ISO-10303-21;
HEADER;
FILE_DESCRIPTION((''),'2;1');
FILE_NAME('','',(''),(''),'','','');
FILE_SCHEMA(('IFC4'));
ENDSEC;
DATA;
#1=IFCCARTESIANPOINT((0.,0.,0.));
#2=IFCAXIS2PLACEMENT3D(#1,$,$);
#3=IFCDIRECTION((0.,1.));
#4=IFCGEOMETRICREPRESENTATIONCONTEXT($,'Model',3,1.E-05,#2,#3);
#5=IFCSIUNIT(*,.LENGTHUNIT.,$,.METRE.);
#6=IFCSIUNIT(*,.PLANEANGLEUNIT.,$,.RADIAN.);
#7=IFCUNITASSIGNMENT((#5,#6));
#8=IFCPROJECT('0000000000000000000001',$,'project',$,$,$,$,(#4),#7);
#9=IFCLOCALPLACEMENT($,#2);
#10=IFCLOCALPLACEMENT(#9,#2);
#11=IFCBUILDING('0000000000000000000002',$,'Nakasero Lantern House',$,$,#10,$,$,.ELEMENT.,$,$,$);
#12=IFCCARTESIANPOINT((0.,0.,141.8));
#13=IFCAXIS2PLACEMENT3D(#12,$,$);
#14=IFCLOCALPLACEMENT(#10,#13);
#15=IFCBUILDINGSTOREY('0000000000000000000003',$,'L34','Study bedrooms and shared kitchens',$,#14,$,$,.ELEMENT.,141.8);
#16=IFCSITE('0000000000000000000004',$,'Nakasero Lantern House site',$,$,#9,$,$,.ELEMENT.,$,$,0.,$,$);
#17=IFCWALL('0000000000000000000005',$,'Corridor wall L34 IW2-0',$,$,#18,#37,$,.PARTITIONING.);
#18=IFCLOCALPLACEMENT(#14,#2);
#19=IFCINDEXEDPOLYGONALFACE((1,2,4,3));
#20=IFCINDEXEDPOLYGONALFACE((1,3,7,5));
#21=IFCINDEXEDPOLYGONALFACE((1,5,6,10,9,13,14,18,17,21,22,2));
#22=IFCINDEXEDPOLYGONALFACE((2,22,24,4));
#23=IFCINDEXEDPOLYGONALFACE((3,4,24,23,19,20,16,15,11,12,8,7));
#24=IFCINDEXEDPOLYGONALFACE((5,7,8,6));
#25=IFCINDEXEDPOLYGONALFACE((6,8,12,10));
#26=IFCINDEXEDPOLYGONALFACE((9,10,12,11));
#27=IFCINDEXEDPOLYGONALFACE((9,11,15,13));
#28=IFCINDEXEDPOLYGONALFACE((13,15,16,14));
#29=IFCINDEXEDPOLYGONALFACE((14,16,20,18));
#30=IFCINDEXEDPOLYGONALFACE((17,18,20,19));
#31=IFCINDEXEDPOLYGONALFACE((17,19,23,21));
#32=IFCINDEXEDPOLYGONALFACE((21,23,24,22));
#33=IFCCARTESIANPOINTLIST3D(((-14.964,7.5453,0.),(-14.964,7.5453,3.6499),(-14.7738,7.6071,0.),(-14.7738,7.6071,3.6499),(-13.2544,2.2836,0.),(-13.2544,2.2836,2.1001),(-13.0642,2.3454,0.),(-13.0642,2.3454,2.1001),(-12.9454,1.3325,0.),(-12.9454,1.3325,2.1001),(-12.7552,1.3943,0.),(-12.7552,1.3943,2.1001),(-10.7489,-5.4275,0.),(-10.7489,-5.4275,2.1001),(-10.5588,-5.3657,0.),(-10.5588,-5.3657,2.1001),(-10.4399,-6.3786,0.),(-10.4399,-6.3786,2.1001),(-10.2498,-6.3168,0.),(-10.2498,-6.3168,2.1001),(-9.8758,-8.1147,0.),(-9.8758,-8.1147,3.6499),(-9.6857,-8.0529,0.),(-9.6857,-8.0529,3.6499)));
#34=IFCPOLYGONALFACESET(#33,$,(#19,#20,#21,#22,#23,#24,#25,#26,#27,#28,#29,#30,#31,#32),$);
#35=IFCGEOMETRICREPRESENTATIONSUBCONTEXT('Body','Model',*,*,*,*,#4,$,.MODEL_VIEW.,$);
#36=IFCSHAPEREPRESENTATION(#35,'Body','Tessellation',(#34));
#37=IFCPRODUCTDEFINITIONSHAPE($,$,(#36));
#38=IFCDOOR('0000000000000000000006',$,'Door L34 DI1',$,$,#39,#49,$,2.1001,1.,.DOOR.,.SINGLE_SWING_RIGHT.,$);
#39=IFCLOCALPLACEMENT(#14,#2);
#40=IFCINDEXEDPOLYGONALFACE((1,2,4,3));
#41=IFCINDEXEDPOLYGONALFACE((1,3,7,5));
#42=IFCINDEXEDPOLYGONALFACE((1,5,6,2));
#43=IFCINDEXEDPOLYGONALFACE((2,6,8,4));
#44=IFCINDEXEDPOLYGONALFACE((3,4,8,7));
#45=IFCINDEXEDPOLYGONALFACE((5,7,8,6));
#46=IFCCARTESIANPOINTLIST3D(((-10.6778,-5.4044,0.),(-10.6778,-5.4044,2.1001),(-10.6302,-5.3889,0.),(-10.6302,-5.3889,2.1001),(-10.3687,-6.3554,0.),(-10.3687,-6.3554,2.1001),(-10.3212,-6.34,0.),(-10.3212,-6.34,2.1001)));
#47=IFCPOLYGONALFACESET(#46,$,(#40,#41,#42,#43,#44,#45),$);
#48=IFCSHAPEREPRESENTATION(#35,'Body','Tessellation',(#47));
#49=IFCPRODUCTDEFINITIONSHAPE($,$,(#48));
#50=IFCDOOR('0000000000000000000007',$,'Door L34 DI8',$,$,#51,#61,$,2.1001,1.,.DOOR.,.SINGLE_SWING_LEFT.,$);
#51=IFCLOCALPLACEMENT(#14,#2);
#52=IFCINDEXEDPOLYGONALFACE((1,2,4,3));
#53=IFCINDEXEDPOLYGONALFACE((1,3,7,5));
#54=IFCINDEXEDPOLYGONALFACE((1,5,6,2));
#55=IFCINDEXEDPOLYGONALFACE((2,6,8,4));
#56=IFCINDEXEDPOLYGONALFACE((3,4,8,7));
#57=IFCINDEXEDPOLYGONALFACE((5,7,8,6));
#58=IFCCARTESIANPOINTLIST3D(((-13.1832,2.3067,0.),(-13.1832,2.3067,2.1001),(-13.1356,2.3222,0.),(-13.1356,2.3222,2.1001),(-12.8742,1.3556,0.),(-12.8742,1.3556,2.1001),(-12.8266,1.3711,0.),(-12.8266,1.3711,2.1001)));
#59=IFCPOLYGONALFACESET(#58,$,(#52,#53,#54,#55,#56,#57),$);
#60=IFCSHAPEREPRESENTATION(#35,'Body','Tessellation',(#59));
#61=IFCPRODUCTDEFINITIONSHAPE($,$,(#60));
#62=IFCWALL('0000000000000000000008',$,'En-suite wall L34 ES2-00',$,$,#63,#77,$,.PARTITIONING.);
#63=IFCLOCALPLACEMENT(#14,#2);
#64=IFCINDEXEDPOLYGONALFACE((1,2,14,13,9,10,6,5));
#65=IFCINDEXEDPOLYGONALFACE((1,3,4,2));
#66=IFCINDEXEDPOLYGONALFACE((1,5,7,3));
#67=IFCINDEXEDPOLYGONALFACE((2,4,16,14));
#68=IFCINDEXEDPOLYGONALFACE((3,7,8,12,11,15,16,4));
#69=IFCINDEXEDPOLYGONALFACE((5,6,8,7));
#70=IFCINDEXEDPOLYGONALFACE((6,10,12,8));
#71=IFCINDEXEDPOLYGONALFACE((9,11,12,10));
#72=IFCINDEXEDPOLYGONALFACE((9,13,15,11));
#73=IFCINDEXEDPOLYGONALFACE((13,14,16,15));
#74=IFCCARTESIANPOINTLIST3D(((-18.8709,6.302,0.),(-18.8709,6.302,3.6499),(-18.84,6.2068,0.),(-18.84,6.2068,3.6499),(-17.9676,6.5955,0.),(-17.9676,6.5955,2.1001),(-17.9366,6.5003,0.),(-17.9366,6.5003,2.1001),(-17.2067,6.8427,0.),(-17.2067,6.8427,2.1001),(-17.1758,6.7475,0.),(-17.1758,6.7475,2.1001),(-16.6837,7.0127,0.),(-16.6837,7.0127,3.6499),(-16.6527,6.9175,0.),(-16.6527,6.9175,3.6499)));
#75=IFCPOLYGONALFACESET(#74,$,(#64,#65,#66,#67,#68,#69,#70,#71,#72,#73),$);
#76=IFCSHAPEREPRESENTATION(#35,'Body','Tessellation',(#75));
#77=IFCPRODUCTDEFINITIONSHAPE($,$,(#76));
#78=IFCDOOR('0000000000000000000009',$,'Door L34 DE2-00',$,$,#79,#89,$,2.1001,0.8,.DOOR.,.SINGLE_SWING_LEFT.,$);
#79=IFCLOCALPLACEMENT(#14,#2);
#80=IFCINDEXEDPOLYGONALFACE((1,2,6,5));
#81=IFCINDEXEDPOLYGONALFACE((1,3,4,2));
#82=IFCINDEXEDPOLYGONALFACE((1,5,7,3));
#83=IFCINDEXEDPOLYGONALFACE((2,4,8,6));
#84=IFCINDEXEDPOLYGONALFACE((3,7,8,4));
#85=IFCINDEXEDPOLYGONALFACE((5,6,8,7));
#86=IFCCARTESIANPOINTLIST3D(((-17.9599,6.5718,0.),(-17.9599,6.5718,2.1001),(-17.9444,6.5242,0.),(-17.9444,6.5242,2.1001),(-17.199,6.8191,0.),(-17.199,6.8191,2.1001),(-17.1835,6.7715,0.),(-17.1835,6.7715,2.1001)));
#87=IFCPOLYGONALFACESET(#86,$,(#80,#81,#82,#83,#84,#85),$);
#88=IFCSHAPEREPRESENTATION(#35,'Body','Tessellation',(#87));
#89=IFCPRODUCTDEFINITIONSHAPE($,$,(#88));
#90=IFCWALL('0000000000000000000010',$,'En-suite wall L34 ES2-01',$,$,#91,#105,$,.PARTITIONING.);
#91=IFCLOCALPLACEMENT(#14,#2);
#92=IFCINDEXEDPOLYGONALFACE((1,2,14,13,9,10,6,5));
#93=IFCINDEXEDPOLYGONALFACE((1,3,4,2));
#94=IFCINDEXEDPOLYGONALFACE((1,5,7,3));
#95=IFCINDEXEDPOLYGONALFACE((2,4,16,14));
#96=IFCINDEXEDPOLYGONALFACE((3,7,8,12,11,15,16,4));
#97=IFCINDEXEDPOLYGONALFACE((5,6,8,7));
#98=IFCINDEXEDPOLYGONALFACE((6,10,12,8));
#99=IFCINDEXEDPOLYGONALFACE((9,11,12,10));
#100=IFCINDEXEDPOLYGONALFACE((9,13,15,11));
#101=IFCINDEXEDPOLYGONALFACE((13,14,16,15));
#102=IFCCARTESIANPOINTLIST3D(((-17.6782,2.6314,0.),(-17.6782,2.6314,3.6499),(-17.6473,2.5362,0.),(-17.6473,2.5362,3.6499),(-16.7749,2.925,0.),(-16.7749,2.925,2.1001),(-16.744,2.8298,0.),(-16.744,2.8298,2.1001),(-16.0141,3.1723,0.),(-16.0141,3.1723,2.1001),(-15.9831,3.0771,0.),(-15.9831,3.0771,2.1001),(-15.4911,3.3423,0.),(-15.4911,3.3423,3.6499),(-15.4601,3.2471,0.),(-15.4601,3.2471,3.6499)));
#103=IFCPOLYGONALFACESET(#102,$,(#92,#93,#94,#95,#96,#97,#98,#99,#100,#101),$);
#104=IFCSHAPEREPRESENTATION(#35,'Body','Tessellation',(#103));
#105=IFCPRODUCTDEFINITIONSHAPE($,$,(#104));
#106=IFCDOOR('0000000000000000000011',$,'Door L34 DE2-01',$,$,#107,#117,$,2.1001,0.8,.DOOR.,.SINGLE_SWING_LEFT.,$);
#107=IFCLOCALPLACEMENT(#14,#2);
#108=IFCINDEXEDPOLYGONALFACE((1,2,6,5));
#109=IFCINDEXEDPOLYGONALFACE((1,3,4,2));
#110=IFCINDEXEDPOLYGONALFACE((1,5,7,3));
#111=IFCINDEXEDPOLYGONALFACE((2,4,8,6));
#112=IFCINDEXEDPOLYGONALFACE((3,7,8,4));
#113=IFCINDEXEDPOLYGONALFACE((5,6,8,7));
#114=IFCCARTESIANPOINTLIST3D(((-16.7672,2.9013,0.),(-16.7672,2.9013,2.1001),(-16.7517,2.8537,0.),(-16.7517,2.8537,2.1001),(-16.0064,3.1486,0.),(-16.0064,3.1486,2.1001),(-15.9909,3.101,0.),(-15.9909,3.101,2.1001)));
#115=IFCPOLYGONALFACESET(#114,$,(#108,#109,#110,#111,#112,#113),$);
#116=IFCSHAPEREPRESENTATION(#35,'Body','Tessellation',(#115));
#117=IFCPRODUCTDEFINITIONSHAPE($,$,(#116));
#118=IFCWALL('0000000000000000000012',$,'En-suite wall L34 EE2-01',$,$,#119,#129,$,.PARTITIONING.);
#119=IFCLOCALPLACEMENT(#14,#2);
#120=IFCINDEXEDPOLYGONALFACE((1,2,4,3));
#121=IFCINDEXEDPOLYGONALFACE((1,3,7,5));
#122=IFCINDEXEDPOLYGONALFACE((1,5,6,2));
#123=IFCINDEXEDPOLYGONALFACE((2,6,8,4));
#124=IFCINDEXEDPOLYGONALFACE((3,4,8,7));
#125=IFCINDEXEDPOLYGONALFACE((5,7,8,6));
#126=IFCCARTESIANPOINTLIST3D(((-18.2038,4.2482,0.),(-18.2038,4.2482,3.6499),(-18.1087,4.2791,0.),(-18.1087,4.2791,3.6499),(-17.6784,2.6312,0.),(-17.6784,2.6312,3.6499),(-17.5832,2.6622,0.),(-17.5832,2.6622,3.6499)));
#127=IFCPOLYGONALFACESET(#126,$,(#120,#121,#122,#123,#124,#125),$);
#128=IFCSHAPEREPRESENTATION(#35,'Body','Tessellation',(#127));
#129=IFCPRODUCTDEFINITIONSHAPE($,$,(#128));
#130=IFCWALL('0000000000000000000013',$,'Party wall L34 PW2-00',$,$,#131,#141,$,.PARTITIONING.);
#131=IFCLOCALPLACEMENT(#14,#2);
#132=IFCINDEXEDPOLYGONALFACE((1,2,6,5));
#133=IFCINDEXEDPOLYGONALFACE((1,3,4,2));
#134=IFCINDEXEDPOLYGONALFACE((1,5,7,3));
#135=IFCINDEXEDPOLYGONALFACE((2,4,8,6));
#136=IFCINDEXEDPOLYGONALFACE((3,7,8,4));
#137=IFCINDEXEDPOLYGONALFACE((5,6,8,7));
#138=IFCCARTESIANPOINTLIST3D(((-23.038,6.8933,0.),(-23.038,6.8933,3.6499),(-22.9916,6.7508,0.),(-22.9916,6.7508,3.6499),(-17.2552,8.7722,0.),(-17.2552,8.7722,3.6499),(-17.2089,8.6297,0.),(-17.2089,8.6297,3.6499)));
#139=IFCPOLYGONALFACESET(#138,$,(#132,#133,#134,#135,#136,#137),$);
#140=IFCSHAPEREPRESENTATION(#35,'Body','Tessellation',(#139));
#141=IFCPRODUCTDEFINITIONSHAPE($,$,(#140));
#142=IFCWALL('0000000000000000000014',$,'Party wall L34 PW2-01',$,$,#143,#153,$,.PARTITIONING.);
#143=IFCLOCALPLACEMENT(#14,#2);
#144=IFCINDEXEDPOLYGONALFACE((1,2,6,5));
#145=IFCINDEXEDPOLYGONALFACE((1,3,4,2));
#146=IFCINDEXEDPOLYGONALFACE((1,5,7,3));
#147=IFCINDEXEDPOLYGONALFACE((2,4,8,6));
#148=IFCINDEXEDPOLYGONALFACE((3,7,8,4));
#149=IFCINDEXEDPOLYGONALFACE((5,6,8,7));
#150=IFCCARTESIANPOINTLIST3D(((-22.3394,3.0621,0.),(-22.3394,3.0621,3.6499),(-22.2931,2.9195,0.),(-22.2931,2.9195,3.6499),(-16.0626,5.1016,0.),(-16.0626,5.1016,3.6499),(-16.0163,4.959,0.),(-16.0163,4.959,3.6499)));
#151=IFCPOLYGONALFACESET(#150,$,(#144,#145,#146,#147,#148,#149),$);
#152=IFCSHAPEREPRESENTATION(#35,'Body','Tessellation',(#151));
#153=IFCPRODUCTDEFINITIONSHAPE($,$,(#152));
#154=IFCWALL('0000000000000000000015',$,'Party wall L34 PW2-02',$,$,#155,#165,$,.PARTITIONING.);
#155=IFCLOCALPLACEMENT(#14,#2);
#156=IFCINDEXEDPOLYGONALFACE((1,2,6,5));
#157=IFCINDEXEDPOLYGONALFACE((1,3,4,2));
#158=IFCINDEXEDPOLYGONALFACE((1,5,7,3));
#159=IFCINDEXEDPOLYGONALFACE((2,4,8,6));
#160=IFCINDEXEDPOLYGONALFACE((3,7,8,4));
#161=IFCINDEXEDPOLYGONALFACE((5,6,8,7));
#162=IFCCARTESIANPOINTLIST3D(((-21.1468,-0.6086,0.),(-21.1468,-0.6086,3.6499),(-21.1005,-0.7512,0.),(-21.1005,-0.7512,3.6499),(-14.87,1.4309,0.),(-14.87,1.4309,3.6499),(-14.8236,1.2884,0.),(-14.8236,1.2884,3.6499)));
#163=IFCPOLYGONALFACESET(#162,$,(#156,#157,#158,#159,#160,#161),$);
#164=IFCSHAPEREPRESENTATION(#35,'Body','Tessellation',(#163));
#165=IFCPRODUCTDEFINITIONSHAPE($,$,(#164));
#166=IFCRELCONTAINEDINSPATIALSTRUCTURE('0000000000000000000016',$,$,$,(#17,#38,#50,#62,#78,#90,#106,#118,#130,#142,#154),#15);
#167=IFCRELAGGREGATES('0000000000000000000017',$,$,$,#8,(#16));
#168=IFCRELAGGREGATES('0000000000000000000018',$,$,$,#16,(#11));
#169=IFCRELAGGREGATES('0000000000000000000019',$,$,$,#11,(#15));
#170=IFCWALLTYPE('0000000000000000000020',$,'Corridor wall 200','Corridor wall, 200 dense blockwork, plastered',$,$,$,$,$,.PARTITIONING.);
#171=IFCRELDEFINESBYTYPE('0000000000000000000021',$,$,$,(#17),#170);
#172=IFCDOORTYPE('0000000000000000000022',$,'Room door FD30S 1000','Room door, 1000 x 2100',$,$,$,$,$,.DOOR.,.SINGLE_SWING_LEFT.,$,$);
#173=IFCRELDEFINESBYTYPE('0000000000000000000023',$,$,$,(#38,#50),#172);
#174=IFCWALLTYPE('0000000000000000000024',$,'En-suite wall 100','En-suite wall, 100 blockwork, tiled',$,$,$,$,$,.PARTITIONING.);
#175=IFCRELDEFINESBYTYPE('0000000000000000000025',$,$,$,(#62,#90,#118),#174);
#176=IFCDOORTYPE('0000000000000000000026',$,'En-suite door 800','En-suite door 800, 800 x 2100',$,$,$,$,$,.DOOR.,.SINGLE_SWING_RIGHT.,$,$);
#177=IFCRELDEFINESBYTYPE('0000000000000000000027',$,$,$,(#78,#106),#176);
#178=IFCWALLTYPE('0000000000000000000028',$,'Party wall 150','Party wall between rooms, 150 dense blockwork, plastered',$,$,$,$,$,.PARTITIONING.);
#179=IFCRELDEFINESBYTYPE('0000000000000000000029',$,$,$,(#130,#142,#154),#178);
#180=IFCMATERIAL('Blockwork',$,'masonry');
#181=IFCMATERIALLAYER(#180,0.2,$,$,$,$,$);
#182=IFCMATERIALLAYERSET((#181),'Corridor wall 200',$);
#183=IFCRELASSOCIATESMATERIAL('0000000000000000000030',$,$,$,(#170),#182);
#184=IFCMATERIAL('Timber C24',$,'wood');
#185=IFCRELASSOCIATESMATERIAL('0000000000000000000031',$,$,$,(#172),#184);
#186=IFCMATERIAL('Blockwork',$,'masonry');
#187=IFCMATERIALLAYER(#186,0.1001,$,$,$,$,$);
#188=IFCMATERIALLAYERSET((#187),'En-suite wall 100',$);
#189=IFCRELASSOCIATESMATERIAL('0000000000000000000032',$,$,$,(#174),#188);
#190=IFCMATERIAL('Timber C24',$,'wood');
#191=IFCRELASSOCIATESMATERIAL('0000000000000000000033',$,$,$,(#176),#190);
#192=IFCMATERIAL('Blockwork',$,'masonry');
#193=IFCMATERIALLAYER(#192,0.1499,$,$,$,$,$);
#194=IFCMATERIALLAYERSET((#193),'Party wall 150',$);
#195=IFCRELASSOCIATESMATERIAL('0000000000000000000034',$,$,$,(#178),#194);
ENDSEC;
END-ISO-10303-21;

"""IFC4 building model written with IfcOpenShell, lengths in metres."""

from ifc_helpers import new_model, si_unit, direction, frame, frame_2d, origin, place, context, subcontext, project, spatial, rectangle, extrude, material, layer, layer_set, type_object, element, fill, save


model = new_model("IFC4")

# Units and contexts
model_context = context("Model", 3, precision=1e-05, world=origin(), true_north=direction((0.0, 1.0)))
body_context = subcontext(model_context, "Body", "Model", "MODEL_VIEW")
ifc_project = project(units=[si_unit("LENGTHUNIT", "METRE"), si_unit("PLANEANGLEUNIT", "RADIAN")], contexts=[model_context])

# Site, building, storey
site_placement = place(None, origin())
site = spatial("IfcSite", under=ifc_project, at=site_placement, Name="Nakasero Lantern House site", CompositionType="ELEMENT", RefElevation=0.0)
building_placement = place(site_placement, origin())
building = spatial("IfcBuilding", under=site, at=building_placement, Name="Nakasero Lantern House", CompositionType="ELEMENT")
storey_placement = place(building_placement, frame((0.0, 0.0, 141.8)))
storey = spatial("IfcBuildingStorey", under=building, at=storey_placement, Name="L34", Description="Study bedrooms and shared kitchens", CompositionType="ELEMENT", Elevation=141.8)

# Wall, openings, doors
ifc_material_1 = material(Name="Blockwork", Category="masonry")
ifc_layer_1 = layer(ifc_material_1, 0.2)
ifc_layer_set_1 = layer_set([ifc_layer_1], Name="Corridor wall 200")
wall_type_1 = type_object("IfcWallType", Name="Corridor wall 200", Description="Corridor wall, 200 dense blockwork, plastered", PredefinedType="PARTITIONING", material=ifc_layer_set_1)
wall_1_placement = place(storey_placement, frame((-14.8689, 7.5762, 0.0), z_axis=(0.0, 0.0, 1.0), x_axis=(0.309013, -0.951058, 0.0)))
wall_1 = element("IfcWall", 1, at=wall_1_placement, inside=storey, type_object=wall_type_1, Name="Corridor wall L34 IW2-0", PredefinedType="PARTITIONING", context=body_context, shape_type="SweptSolid", body=[
    extrude(rectangle(XDim=16.4658, YDim=0.2, at=frame_2d((8.2329, 0.0))), origin(), (0.0, 0.0, 1.0), 3.6499),
])
opening_1_placement = place(wall_1_placement, frame((13.6404, 0.0, 0.0)))
opening_1 = element("IfcOpeningElement", 2, at=opening_1_placement, cuts=wall_1, PredefinedType="OPENING", context=body_context, shape_type="SweptSolid", body=[
    extrude(rectangle(XDim=1.0, YDim=2.1001, at=frame_2d((0.5, 1.05))), frame((0.0, 0.1199, 0.0), z_axis=(0.0, -1.0, 0.0), x_axis=(1.0, 0.0, 0.0)), (0.0, 0.0, 1.0), 0.24),
])
opening_2_placement = place(wall_1_placement, frame((5.5325, 0.0, 0.0)))
opening_2 = element("IfcOpeningElement", 3, at=opening_2_placement, cuts=wall_1, PredefinedType="OPENING", context=body_context, shape_type="SweptSolid", body=[
    extrude(rectangle(XDim=1.0, YDim=2.1001, at=frame_2d((0.5, 1.05))), frame((0.0, 0.1199, 0.0), z_axis=(0.0, -1.0, 0.0), x_axis=(1.0, 0.0, 0.0)), (0.0, 0.0, 1.0), 0.24),
])
ifc_material_2 = material(Name="Timber C24", Category="wood")
door_type_1 = type_object("IfcDoorType", Name="Room door FD30S 1000", Description="Room door, 1000 x 2100", OperationType="SINGLE_SWING_LEFT", PredefinedType="DOOR", material=ifc_material_2)
door_1_placement = place(opening_1_placement, origin())
door_1 = element("IfcDoor", 4, at=door_1_placement, inside=storey, type_object=door_type_1, Name="Door L34 DI1", OperationType="SINGLE_SWING_RIGHT", OverallHeight=2.1001, OverallWidth=1.0, PredefinedType="DOOR", context=body_context, shape_type="SweptSolid", body=[
    extrude(rectangle(XDim=1.0, YDim=2.1001, at=frame_2d((0.5, 1.05))), frame((0.0, 0.0249, 0.0), z_axis=(0.0, -1.0, 0.0), x_axis=(1.0, 0.0, 0.0)), (0.0, 0.0, 1.0), 0.05),
])
fill(opening_1, door_1)
door_2_placement = place(opening_2_placement, origin())
door_2 = element("IfcDoor", 5, at=door_2_placement, inside=storey, type_object=door_type_1, Name="Door L34 DI8", OperationType="SINGLE_SWING_LEFT", OverallHeight=2.1001, OverallWidth=1.0, PredefinedType="DOOR", context=body_context, shape_type="SweptSolid", body=[
    extrude(rectangle(XDim=1.0, YDim=2.1001, at=frame_2d((0.5, 1.05))), frame((0.0, 0.0249, 0.0), z_axis=(0.0, -1.0, 0.0), x_axis=(1.0, 0.0, 0.0)), (0.0, 0.0, 1.0), 0.05),
])
fill(opening_2, door_2)

# Walls, openings, doors
ifc_material_3 = material(Name="Blockwork", Category="masonry")
ifc_layer_2 = layer(ifc_material_3, 0.1001)
ifc_layer_set_2 = layer_set([ifc_layer_2], Name="En-suite wall 100")
wall_type_2 = type_object("IfcWallType", Name="En-suite wall 100", Description="En-suite wall, 100 blockwork, tiled", PredefinedType="PARTITIONING", material=ifc_layer_set_2)
wall_2_placement = place(storey_placement, frame((-16.6682, 6.9651, 0.0), z_axis=(0.0, 0.0, 1.0), x_axis=(-0.951055, -0.309021, 0.0)))
wall_2 = element("IfcWall", 6, at=wall_2_placement, inside=storey, type_object=wall_type_2, Name="En-suite wall L34 ES2-00", PredefinedType="PARTITIONING", context=body_context, shape_type="SweptSolid", body=[
    extrude(rectangle(XDim=2.2998, YDim=0.1001, at=frame_2d((1.1499, 0.0))), origin(), (0.0, 0.0, 1.0), 3.6499),
])
opening_3_placement = place(wall_2_placement, frame((0.55, 0.0, 0.0)))
opening_3 = element("IfcOpeningElement", 7, at=opening_3_placement, cuts=wall_2, PredefinedType="OPENING", context=body_context, shape_type="SweptSolid", body=[
    extrude(rectangle(XDim=0.8, YDim=2.1001, at=frame_2d((0.3999, 1.05))), frame((0.0, 0.0701, 0.0), z_axis=(0.0, -1.0, 0.0), x_axis=(1.0, 0.0, 0.0)), (0.0, 0.0, 1.0), 0.1401),
])
ifc_material_4 = material(Name="Timber C24", Category="wood")
door_type_2 = type_object("IfcDoorType", Name="En-suite door 800", Description="En-suite door 800, 800 x 2100", OperationType="SINGLE_SWING_RIGHT", PredefinedType="DOOR", material=ifc_material_4)
door_3_placement = place(opening_3_placement, origin())
door_3 = element("IfcDoor", 8, at=door_3_placement, inside=storey, type_object=door_type_2, Name="Door L34 DE2-00", OperationType="SINGLE_SWING_LEFT", OverallHeight=2.1001, OverallWidth=0.8, PredefinedType="DOOR", context=body_context, shape_type="SweptSolid", body=[
    extrude(rectangle(XDim=0.8, YDim=2.1001, at=frame_2d((0.3999, 1.05))), frame((0.0, 0.0249, 0.0), z_axis=(0.0, -1.0, 0.0), x_axis=(1.0, 0.0, 0.0)), (0.0, 0.0, 1.0), 0.05),
])
fill(opening_3, door_3)
wall_3_placement = place(storey_placement, frame((-15.4756, 3.2947, 0.0), z_axis=(0.0, 0.0, 1.0), x_axis=(-0.951024, -0.309117, 0.0)))
wall_3 = element("IfcWall", 9, at=wall_3_placement, inside=storey, type_object=wall_type_2, Name="En-suite wall L34 ES2-01", PredefinedType="PARTITIONING", context=body_context, shape_type="SweptSolid", body=[
    extrude(rectangle(XDim=2.2998, YDim=0.1001, at=frame_2d((1.1499, 0.0))), origin(), (0.0, 0.0, 1.0), 3.6499),
])
opening_4_placement = place(wall_3_placement, frame((0.55, 0.0, 0.0)))
opening_4 = element("IfcOpeningElement", 10, at=opening_4_placement, cuts=wall_3, PredefinedType="OPENING", context=body_context, shape_type="SweptSolid", body=[
    extrude(rectangle(XDim=0.8, YDim=2.1001, at=frame_2d((0.3999, 1.05))), frame((0.0, 0.0701, 0.0), z_axis=(0.0, -1.0, 0.0), x_axis=(1.0, 0.0, 0.0)), (0.0, 0.0, 1.0), 0.1401),
])
door_4_placement = place(opening_4_placement, origin())
door_4 = element("IfcDoor", 11, at=door_4_placement, inside=storey, type_object=door_type_2, Name="Door L34 DE2-01", OperationType="SINGLE_SWING_LEFT", OverallHeight=2.1001, OverallWidth=0.8, PredefinedType="DOOR", context=body_context, shape_type="SweptSolid", body=[
    extrude(rectangle(XDim=0.8, YDim=2.1001, at=frame_2d((0.3999, 1.05))), frame((0.0, 0.0249, 0.0), z_axis=(0.0, -1.0, 0.0), x_axis=(1.0, 0.0, 0.0)), (0.0, 0.0, 1.0), 0.05),
])
fill(opening_4, door_4)

# Walls
wall_4_placement = place(storey_placement, frame((-18.1562, 4.2637, 0.0), z_axis=(0.0, 0.0, 1.0), x_axis=(0.309024, -0.951054, 0.0)))
element("IfcWall", 12, at=wall_4_placement, inside=storey, type_object=wall_type_2, Name="En-suite wall L34 EE2-01", PredefinedType="PARTITIONING", context=body_context, shape_type="SweptSolid", body=[
    extrude(rectangle(XDim=1.7002, YDim=0.1001, at=frame_2d((0.8501, 0.0))), origin(), (0.0, 0.0, 1.0), 3.6499),
])
ifc_material_5 = material(Name="Blockwork", Category="masonry")
ifc_layer_3 = layer(ifc_material_5, 0.1499)
ifc_layer_set_3 = layer_set([ifc_layer_3], Name="Party wall 150")
wall_type_3 = type_object("IfcWallType", Name="Party wall 150", Description="Party wall between rooms, 150 dense blockwork, plastered", PredefinedType="PARTITIONING", material=ifc_layer_set_3)
wall_5_placement = place(storey_placement, frame((-17.2322, 8.7009, 0.0), z_axis=(0.0, 0.0, 1.0), x_axis=(-0.951057, -0.309015, 0.0)))
element("IfcWall", 13, at=wall_5_placement, inside=storey, type_object=wall_type_3, Name="Party wall L34 PW2-00", PredefinedType="PARTITIONING", context=body_context, shape_type="SweptSolid", body=[
    extrude(rectangle(XDim=6.0803, YDim=0.1499, at=frame_2d((3.04, 0.0))), origin(), (0.0, 0.0, 1.0), 3.6499),
])
for number, where, z_axis, x_axis, name in (
    (14, (-16.0396, 5.0303, 0.0), (0.0, 0.0, 1.0), (-0.951053, -0.309028, 0.0), "Party wall L34 PW2-01"),
    (15, (-14.8469, 1.3596, 0.0), (0.0, 0.0, 1.0), (-0.951053, -0.309028, 0.0), "Party wall L34 PW2-02"),
):
    element("IfcWall", number, at=place(storey_placement, frame(where, z_axis=z_axis, x_axis=x_axis)), inside=storey, type_object=wall_type_3, Name=name, PredefinedType="PARTITIONING", context=body_context, shape_type="SweptSolid", body=[
        extrude(rectangle(XDim=6.5999, YDim=0.1499, at=frame_2d((3.2998, 0.0))), origin(), (0.0, 0.0, 1.0), 3.6499),
    ])

save(model, "model.ifc")
